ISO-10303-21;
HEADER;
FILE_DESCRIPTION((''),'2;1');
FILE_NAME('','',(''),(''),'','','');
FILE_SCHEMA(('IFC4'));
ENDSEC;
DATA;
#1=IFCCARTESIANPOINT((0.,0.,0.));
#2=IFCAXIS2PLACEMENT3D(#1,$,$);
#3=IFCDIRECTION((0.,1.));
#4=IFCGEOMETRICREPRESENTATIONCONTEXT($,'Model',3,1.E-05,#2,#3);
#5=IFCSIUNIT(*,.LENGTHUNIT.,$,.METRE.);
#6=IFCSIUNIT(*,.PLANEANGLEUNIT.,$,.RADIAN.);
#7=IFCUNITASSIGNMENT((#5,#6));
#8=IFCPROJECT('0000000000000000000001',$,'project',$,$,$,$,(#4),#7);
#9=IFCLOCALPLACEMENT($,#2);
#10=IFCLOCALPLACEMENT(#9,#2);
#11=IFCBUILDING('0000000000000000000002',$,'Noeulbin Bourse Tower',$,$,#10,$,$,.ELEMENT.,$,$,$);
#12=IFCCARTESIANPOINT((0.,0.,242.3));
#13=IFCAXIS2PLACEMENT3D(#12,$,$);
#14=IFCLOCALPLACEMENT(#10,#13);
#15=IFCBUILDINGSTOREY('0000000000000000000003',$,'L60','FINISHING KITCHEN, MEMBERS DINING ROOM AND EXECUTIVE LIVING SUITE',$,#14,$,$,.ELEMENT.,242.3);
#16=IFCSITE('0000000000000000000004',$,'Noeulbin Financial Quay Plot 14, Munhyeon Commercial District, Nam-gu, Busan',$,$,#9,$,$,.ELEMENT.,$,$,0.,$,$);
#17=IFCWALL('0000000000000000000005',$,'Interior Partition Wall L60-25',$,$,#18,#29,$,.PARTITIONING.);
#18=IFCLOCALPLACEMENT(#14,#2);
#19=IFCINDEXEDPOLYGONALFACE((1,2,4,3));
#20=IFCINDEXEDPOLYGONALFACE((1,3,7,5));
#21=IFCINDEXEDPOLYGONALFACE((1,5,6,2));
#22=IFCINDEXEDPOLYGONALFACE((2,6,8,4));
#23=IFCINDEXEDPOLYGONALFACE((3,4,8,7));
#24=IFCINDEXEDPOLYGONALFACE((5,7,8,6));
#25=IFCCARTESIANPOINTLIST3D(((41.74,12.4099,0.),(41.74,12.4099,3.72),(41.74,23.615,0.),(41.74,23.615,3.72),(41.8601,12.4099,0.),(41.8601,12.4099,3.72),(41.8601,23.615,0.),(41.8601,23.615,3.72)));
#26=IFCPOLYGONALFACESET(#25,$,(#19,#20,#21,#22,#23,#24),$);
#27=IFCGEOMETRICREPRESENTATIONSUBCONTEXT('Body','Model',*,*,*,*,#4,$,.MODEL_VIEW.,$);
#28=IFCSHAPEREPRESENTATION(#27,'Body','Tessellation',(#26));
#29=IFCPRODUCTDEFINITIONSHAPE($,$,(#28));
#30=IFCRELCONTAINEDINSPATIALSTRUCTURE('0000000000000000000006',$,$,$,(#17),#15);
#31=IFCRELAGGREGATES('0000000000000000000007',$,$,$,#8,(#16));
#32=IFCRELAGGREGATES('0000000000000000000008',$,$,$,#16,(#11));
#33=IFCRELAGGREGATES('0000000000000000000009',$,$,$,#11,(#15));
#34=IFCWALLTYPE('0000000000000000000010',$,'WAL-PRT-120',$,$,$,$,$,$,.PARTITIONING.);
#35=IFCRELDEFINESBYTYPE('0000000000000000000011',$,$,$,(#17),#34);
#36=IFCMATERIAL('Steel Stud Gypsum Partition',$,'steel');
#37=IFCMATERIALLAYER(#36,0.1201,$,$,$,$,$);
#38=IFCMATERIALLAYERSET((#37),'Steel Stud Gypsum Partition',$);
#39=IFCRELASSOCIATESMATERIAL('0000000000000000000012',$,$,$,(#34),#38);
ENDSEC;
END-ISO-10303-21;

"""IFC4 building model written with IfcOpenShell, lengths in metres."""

from ifc_helpers import new_model, si_unit, direction, frame, frame_2d, origin, place, context, subcontext, project, spatial, rectangle, extrude, material, layer, layer_set, type_object, element, save


model = new_model("IFC4")

# Units and contexts
model_context = context("Model", 3, precision=1e-05, world=origin(), true_north=direction((0.0, 1.0)))
body_context = subcontext(model_context, "Body", "Model", "MODEL_VIEW")
ifc_project = project(units=[si_unit("LENGTHUNIT", "METRE"), si_unit("PLANEANGLEUNIT", "RADIAN")], contexts=[model_context])

# Site, building, storey
site_placement = place(None, origin())
site = spatial("IfcSite", under=ifc_project, at=site_placement, Name="Noeulbin Financial Quay Plot 14, Munhyeon Commercial District, Nam-gu, Busan", CompositionType="ELEMENT", RefElevation=0.0)
building_placement = place(site_placement, origin())
building = spatial("IfcBuilding", under=site, at=building_placement, Name="Noeulbin Bourse Tower", CompositionType="ELEMENT")
storey_placement = place(building_placement, frame((0.0, 0.0, 242.3)))
storey = spatial("IfcBuildingStorey", under=building, at=storey_placement, Name="L60", Description="FINISHING KITCHEN, MEMBERS DINING ROOM AND EXECUTIVE LIVING SUITE", CompositionType="ELEMENT", Elevation=242.3)

# Shared definitions
ifc_material_1 = material(Name="Steel Stud Gypsum Partition", Category="steel")
ifc_layer_1 = layer(ifc_material_1, 0.1201)
ifc_layer_set_1 = layer_set([ifc_layer_1], Name="Steel Stud Gypsum Partition")
wall_type_1 = type_object("IfcWallType", Name="WAL-PRT-120", PredefinedType="PARTITIONING", material=ifc_layer_set_1)

# Wall
wall_1_placement = place(storey_placement, frame((41.8, 12.4099, 0.0), z_axis=(0.0, 0.0, 1.0), x_axis=(0.0, 1.0, 0.0)))
element("IfcWall", 1, at=wall_1_placement, inside=storey, type_object=wall_type_1, Name="Interior Partition Wall L60-25", PredefinedType="PARTITIONING", context=body_context, shape_type="SweptSolid", body=[
    extrude(rectangle(XDim=11.2051, YDim=0.1201, at=frame_2d((5.6025, 0.0))), origin(), (0.0, 0.0, 1.0), 3.72),
])

save(model, "model.ifc")
